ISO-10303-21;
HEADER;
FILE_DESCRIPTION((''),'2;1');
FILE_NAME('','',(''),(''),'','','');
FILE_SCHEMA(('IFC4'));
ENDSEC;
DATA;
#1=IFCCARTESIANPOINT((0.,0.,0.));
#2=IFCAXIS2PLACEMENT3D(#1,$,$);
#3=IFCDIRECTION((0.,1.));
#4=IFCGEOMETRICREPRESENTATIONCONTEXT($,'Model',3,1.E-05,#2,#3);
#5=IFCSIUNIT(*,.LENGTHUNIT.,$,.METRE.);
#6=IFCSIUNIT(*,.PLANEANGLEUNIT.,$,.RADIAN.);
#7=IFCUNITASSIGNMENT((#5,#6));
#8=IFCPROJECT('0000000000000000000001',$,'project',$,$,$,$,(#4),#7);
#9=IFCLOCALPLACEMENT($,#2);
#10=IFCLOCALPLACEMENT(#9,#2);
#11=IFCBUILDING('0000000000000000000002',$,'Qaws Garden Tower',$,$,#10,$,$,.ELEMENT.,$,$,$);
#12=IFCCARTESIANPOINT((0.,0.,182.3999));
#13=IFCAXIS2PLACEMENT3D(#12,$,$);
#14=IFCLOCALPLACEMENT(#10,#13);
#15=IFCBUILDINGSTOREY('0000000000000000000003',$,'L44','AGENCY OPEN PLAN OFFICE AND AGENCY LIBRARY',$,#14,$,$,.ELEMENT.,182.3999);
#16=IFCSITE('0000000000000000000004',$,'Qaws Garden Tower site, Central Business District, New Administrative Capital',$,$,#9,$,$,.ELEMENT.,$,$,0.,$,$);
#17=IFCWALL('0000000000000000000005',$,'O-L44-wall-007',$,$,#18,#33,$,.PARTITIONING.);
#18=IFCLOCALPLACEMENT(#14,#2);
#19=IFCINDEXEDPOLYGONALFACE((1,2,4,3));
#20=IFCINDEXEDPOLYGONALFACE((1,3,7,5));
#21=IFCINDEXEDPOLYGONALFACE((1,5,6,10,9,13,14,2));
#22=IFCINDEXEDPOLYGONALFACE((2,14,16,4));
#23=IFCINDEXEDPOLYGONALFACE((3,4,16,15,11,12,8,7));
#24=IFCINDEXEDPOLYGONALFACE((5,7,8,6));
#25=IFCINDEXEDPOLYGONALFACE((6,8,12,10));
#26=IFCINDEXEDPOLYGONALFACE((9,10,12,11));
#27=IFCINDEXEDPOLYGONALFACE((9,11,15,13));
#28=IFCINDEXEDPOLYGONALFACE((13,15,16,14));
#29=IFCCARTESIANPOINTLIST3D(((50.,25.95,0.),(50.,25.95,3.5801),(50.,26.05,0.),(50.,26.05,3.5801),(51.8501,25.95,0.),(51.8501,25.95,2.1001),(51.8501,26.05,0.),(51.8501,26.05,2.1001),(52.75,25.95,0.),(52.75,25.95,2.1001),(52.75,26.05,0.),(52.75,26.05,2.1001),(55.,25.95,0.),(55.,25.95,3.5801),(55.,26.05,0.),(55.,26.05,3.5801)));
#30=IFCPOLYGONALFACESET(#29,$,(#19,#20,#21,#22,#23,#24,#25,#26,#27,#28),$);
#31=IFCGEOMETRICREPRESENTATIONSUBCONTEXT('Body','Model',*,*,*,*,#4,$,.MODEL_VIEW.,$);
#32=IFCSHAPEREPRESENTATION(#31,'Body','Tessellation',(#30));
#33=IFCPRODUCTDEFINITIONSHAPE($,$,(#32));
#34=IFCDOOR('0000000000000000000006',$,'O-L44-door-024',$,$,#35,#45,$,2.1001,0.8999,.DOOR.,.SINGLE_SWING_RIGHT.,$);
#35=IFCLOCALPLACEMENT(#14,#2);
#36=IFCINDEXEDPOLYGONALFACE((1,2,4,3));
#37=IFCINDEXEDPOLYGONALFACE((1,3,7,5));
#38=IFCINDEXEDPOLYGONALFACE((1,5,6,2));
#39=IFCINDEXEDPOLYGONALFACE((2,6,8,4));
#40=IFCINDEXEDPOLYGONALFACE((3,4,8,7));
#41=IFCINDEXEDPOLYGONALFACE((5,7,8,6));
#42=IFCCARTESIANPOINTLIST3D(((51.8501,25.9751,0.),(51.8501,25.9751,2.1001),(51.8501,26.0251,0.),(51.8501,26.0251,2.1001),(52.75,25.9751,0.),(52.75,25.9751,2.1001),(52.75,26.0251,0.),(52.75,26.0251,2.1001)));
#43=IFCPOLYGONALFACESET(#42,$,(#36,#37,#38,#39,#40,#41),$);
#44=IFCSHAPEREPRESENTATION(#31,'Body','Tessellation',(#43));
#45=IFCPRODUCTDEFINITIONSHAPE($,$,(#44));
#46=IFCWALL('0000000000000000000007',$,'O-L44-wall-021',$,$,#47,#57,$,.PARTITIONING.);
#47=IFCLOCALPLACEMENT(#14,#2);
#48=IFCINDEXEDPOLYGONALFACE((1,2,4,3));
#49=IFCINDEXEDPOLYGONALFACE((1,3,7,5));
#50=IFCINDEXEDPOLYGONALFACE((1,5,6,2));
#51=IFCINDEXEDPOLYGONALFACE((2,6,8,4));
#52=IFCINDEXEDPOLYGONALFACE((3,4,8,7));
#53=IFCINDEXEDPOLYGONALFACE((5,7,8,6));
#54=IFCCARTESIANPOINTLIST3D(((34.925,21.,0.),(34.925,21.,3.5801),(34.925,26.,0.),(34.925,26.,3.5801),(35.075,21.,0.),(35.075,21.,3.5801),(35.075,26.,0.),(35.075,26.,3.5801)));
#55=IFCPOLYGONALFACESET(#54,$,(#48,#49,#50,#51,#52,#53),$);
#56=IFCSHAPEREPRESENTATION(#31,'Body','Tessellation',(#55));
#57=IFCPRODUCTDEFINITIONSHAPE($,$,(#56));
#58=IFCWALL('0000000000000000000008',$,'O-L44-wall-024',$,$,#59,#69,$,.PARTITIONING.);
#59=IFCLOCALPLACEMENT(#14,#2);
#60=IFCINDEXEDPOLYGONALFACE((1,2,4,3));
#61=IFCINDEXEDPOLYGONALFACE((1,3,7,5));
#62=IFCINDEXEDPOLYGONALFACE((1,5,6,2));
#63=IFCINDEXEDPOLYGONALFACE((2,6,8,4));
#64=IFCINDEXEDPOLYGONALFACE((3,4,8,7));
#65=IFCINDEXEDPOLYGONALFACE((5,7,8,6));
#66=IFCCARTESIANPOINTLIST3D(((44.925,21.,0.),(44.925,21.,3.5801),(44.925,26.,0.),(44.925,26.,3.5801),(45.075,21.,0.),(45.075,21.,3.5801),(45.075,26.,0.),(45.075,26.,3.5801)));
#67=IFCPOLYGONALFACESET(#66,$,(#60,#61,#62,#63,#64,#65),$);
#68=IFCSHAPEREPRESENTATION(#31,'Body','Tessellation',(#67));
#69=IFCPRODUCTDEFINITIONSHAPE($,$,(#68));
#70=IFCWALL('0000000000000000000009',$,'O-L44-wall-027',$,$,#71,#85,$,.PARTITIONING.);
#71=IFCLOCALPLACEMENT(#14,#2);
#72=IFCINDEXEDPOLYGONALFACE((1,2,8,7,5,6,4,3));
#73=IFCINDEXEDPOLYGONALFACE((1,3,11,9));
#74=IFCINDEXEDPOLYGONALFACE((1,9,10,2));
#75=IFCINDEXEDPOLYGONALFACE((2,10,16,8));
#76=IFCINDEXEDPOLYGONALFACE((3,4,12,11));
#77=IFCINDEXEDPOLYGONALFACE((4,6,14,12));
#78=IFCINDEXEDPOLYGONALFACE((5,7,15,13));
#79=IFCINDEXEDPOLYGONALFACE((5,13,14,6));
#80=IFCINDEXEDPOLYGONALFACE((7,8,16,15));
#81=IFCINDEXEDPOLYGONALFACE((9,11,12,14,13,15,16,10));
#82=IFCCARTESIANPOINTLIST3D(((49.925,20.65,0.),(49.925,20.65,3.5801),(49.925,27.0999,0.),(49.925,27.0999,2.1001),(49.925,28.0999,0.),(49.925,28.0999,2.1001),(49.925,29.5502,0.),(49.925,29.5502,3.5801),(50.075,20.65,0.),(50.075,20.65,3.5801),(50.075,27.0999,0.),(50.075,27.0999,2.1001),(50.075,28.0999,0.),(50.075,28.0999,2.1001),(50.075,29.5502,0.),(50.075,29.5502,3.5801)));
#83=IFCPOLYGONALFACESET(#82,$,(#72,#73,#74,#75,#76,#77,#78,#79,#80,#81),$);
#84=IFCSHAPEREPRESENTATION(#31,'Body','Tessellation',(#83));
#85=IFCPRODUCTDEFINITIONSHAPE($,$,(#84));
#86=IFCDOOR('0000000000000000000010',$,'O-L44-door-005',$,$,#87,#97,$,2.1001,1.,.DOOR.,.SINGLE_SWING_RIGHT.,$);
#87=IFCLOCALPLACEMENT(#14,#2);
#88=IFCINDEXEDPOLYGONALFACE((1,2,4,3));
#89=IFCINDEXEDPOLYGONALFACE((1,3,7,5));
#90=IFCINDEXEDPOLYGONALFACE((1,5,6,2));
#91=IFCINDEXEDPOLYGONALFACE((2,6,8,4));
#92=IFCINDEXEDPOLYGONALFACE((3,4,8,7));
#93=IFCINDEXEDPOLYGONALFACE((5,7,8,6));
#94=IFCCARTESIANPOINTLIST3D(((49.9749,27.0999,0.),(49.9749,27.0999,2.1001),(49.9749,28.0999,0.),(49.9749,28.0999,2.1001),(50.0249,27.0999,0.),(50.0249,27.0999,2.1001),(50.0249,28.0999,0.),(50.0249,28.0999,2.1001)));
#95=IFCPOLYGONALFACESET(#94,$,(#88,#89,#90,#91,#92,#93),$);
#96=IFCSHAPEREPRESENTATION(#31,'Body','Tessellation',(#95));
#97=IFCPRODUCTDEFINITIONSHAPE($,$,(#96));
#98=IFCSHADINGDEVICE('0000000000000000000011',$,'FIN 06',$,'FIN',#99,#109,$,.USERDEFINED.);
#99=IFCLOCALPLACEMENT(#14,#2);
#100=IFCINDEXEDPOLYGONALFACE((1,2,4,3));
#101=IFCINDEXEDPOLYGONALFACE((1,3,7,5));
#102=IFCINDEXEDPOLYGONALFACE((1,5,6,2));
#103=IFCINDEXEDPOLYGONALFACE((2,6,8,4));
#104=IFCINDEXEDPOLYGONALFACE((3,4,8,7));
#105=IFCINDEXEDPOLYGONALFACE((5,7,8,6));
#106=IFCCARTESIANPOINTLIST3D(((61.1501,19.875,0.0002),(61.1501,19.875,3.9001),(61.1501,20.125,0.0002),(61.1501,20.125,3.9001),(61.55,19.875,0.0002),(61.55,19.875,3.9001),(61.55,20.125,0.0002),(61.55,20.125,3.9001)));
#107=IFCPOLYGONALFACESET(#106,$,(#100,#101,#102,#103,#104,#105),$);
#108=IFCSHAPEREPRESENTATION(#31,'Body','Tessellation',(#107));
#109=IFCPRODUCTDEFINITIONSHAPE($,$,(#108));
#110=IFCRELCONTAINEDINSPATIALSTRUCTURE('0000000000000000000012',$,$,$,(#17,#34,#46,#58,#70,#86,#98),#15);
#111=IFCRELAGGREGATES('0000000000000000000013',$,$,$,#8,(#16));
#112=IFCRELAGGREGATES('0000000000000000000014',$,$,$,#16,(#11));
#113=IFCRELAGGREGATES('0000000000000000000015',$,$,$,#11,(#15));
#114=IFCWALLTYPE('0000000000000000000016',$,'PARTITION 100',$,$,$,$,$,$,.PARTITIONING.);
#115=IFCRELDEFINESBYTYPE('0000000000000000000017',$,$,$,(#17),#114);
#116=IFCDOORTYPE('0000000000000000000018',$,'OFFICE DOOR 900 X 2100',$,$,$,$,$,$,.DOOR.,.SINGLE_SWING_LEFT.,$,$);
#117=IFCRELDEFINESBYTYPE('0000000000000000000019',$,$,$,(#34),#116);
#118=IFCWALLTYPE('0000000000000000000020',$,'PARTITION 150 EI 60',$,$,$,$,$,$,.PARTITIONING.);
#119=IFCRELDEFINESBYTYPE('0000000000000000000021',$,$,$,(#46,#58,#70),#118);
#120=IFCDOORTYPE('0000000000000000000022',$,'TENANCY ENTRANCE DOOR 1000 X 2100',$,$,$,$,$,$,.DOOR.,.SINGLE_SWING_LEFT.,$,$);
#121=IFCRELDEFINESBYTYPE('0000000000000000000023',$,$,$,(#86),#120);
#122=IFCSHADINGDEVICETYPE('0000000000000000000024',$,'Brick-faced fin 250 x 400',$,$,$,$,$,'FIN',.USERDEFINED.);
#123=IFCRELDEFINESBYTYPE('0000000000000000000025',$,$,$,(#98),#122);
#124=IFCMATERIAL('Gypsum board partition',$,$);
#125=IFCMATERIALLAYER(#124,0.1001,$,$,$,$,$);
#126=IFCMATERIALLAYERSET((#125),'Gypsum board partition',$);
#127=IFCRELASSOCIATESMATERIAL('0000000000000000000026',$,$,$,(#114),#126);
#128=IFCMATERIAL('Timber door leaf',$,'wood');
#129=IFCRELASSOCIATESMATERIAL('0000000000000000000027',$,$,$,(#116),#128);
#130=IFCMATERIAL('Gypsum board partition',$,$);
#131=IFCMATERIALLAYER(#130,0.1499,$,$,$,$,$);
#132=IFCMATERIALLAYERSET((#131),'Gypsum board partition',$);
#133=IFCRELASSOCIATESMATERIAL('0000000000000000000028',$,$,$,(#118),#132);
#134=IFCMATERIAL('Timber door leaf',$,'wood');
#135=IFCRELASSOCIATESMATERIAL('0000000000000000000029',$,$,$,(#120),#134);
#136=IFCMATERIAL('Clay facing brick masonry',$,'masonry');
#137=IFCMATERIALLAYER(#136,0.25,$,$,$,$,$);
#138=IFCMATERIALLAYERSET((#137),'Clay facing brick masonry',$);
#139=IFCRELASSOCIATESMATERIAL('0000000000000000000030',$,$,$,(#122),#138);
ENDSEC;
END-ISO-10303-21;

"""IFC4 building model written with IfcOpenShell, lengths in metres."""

from ifc_helpers import new_model, si_unit, direction, frame, frame_2d, origin, origin_2d, place, context, subcontext, project, spatial, rectangle, extrude, material, layer, layer_set, type_object, element, fill, save


model = new_model("IFC4")

# Units and contexts
model_context = context("Model", 3, precision=1e-05, world=origin(), true_north=direction((0.0, 1.0)))
body_context = subcontext(model_context, "Body", "Model", "MODEL_VIEW")
ifc_project = project(units=[si_unit("LENGTHUNIT", "METRE"), si_unit("PLANEANGLEUNIT", "RADIAN")], contexts=[model_context])

# Site, building, storey
site_placement = place(None, origin())
site = spatial("IfcSite", under=ifc_project, at=site_placement, Name="Qaws Garden Tower site, Central Business District, New Administrative Capital", CompositionType="ELEMENT", RefElevation=0.0)
building_placement = place(site_placement, origin())
building = spatial("IfcBuilding", under=site, at=building_placement, Name="Qaws Garden Tower", CompositionType="ELEMENT")
storey_placement = place(building_placement, frame((0.0, 0.0, 182.3999)))
storey = spatial("IfcBuildingStorey", under=building, at=storey_placement, Name="L44", Description="AGENCY OPEN PLAN OFFICE AND AGENCY LIBRARY", CompositionType="ELEMENT", Elevation=182.3999)

# Shared definitions
ifc_material_1 = material(Name="Gypsum board partition")
ifc_layer_1 = layer(ifc_material_1, 0.1001)
ifc_layer_set_1 = layer_set([ifc_layer_1], Name="Gypsum board partition")
wall_type_1 = type_object("IfcWallType", Name="PARTITION 100", PredefinedType="PARTITIONING", material=ifc_layer_set_1)

# Wall, opening, door
wall_1_placement = place(storey_placement, frame((50.0, 26.0, 0.0), z_axis=(0.0, 0.0, 1.0), x_axis=(1.0, 0.0, 0.0)))
wall_1 = element("IfcWall", 1, at=wall_1_placement, inside=storey, type_object=wall_type_1, Name="O-L44-wall-007", PredefinedType="PARTITIONING", context=body_context, shape_type="SweptSolid", body=[
    extrude(rectangle(XDim=5.0, YDim=0.1001, at=frame_2d((2.5, 0.0))), origin(), (0.0, 0.0, 1.0), 3.5801),
])
opening_1_placement = place(wall_1_placement, frame((1.8501, 0.0, 0.0)))
opening_1 = element("IfcOpeningElement", 2, at=opening_1_placement, cuts=wall_1, PredefinedType="OPENING", context=body_context, shape_type="SweptSolid", body=[
    extrude(rectangle(XDim=0.8999, YDim=2.1001, at=frame_2d((0.45, 1.05))), frame((0.0, 0.0601, 0.0), z_axis=(0.0, -1.0, 0.0), x_axis=(1.0, 0.0, 0.0)), (0.0, 0.0, 1.0), 0.1201),
])
ifc_material_2 = material(Name="Timber door leaf", Category="wood")
door_type_1 = type_object("IfcDoorType", Name="OFFICE DOOR 900 X 2100", OperationType="SINGLE_SWING_LEFT", PredefinedType="DOOR", material=ifc_material_2)
door_1_placement = place(opening_1_placement, frame((0.8999, 0.0, 0.0), z_axis=(0.0, 0.0, 1.0), x_axis=(-1.0, 0.0, 0.0)))
door_1 = element("IfcDoor", 3, at=door_1_placement, inside=storey, type_object=door_type_1, Name="O-L44-door-024", OperationType="SINGLE_SWING_RIGHT", OverallHeight=2.1001, OverallWidth=0.8999, PredefinedType="DOOR", context=body_context, shape_type="SweptSolid", body=[
    extrude(rectangle(XDim=0.8999, YDim=2.1001, at=frame_2d((0.45, 1.05))), frame((0.0, 0.0249, 0.0), z_axis=(0.0, -1.0, 0.0), x_axis=(1.0, 0.0, 0.0)), (0.0, 0.0, 1.0), 0.05),
])
fill(opening_1, door_1)

# Walls
ifc_material_3 = material(Name="Gypsum board partition")
ifc_layer_2 = layer(ifc_material_3, 0.1499)
ifc_layer_set_2 = layer_set([ifc_layer_2], Name="Gypsum board partition")
wall_type_2 = type_object("IfcWallType", Name="PARTITION 150 EI 60", PredefinedType="PARTITIONING", material=ifc_layer_set_2)
for number, where, z_axis, x_axis, name in (
    (4, (35.0, 21.0, 0.0), (0.0, 0.0, 1.0), (0.0, 1.0, 0.0), "O-L44-wall-021"),
    (5, (45.0, 21.0, 0.0), (0.0, 0.0, 1.0), (0.0, 1.0, 0.0), "O-L44-wall-024"),
):
    element("IfcWall", number, at=place(storey_placement, frame(where, z_axis=z_axis, x_axis=x_axis)), inside=storey, type_object=wall_type_2, Name=name, PredefinedType="PARTITIONING", context=body_context, shape_type="SweptSolid", body=[
        extrude(rectangle(XDim=5.0, YDim=0.1499, at=frame_2d((2.5, 0.0))), origin(), (0.0, 0.0, 1.0), 3.5801),
    ])

# Wall, opening, door
wall_2_placement = place(storey_placement, frame((50.0, 20.6499, 0.0), z_axis=(0.0, 0.0, 1.0), x_axis=(0.0, 1.0, 0.0)))
wall_2 = element("IfcWall", 6, at=wall_2_placement, inside=storey, type_object=wall_type_2, Name="O-L44-wall-027", PredefinedType="PARTITIONING", context=body_context, shape_type="SweptSolid", body=[
    extrude(rectangle(XDim=8.9001, YDim=0.1499, at=frame_2d((4.4502, 0.0))), origin(), (0.0, 0.0, 1.0), 3.5801),
])
opening_2_placement = place(wall_2_placement, frame((6.45, 0.0, 0.0)))
opening_2 = element("IfcOpeningElement", 7, at=opening_2_placement, cuts=wall_2, PredefinedType="OPENING", context=body_context, shape_type="SweptSolid", body=[
    extrude(rectangle(XDim=1.0, YDim=2.1001, at=frame_2d((0.5, 1.05))), frame((0.0, 0.085, 0.0), z_axis=(0.0, -1.0, 0.0), x_axis=(1.0, 0.0, 0.0)), (0.0, 0.0, 1.0), 0.1699),
])
ifc_material_4 = material(Name="Timber door leaf", Category="wood")
door_type_2 = type_object("IfcDoorType", Name="TENANCY ENTRANCE DOOR 1000 X 2100", OperationType="SINGLE_SWING_LEFT", PredefinedType="DOOR", material=ifc_material_4)
door_2_placement = place(opening_2_placement, frame((1.0, 0.0, 0.0), z_axis=(0.0, 0.0, 1.0), x_axis=(-1.0, 0.0, 0.0)))
door_2 = element("IfcDoor", 8, at=door_2_placement, inside=storey, type_object=door_type_2, Name="O-L44-door-005", OperationType="SINGLE_SWING_RIGHT", OverallHeight=2.1001, OverallWidth=1.0, PredefinedType="DOOR", context=body_context, shape_type="SweptSolid", body=[
    extrude(rectangle(XDim=1.0, YDim=2.1001, at=frame_2d((0.5, 1.05))), frame((0.0, 0.0249, 0.0), z_axis=(0.0, -1.0, 0.0), x_axis=(1.0, 0.0, 0.0)), (0.0, 0.0, 1.0), 0.05),
])
fill(opening_2, door_2)

# Shading device
ifc_material_5 = material(Name="Clay facing brick masonry", Category="masonry")
ifc_layer_3 = layer(ifc_material_5, 0.25)
ifc_layer_set_3 = layer_set([ifc_layer_3], Name="Clay facing brick masonry")
shading_device_type = type_object("IfcShadingDeviceType", Name="Brick-faced fin 250 x 400", ElementType="FIN", PredefinedType="USERDEFINED", material=ifc_layer_set_3)
shading_device_placement = place(storey_placement, frame((61.3501, 20.0, 0.0002), z_axis=(0.0, 0.0, 1.0), x_axis=(0.0, 1.0, 0.0)))
element("IfcShadingDevice", 9, at=shading_device_placement, inside=storey, type_object=shading_device_type, Name="FIN 06", ObjectType="FIN", PredefinedType="USERDEFINED", context=body_context, shape_type="SweptSolid", body=[
    extrude(rectangle(XDim=0.25, YDim=0.3999, at=origin_2d()), origin(), (0.0, 0.0, 1.0), 3.8999),
])

save(model, "model.ifc")
